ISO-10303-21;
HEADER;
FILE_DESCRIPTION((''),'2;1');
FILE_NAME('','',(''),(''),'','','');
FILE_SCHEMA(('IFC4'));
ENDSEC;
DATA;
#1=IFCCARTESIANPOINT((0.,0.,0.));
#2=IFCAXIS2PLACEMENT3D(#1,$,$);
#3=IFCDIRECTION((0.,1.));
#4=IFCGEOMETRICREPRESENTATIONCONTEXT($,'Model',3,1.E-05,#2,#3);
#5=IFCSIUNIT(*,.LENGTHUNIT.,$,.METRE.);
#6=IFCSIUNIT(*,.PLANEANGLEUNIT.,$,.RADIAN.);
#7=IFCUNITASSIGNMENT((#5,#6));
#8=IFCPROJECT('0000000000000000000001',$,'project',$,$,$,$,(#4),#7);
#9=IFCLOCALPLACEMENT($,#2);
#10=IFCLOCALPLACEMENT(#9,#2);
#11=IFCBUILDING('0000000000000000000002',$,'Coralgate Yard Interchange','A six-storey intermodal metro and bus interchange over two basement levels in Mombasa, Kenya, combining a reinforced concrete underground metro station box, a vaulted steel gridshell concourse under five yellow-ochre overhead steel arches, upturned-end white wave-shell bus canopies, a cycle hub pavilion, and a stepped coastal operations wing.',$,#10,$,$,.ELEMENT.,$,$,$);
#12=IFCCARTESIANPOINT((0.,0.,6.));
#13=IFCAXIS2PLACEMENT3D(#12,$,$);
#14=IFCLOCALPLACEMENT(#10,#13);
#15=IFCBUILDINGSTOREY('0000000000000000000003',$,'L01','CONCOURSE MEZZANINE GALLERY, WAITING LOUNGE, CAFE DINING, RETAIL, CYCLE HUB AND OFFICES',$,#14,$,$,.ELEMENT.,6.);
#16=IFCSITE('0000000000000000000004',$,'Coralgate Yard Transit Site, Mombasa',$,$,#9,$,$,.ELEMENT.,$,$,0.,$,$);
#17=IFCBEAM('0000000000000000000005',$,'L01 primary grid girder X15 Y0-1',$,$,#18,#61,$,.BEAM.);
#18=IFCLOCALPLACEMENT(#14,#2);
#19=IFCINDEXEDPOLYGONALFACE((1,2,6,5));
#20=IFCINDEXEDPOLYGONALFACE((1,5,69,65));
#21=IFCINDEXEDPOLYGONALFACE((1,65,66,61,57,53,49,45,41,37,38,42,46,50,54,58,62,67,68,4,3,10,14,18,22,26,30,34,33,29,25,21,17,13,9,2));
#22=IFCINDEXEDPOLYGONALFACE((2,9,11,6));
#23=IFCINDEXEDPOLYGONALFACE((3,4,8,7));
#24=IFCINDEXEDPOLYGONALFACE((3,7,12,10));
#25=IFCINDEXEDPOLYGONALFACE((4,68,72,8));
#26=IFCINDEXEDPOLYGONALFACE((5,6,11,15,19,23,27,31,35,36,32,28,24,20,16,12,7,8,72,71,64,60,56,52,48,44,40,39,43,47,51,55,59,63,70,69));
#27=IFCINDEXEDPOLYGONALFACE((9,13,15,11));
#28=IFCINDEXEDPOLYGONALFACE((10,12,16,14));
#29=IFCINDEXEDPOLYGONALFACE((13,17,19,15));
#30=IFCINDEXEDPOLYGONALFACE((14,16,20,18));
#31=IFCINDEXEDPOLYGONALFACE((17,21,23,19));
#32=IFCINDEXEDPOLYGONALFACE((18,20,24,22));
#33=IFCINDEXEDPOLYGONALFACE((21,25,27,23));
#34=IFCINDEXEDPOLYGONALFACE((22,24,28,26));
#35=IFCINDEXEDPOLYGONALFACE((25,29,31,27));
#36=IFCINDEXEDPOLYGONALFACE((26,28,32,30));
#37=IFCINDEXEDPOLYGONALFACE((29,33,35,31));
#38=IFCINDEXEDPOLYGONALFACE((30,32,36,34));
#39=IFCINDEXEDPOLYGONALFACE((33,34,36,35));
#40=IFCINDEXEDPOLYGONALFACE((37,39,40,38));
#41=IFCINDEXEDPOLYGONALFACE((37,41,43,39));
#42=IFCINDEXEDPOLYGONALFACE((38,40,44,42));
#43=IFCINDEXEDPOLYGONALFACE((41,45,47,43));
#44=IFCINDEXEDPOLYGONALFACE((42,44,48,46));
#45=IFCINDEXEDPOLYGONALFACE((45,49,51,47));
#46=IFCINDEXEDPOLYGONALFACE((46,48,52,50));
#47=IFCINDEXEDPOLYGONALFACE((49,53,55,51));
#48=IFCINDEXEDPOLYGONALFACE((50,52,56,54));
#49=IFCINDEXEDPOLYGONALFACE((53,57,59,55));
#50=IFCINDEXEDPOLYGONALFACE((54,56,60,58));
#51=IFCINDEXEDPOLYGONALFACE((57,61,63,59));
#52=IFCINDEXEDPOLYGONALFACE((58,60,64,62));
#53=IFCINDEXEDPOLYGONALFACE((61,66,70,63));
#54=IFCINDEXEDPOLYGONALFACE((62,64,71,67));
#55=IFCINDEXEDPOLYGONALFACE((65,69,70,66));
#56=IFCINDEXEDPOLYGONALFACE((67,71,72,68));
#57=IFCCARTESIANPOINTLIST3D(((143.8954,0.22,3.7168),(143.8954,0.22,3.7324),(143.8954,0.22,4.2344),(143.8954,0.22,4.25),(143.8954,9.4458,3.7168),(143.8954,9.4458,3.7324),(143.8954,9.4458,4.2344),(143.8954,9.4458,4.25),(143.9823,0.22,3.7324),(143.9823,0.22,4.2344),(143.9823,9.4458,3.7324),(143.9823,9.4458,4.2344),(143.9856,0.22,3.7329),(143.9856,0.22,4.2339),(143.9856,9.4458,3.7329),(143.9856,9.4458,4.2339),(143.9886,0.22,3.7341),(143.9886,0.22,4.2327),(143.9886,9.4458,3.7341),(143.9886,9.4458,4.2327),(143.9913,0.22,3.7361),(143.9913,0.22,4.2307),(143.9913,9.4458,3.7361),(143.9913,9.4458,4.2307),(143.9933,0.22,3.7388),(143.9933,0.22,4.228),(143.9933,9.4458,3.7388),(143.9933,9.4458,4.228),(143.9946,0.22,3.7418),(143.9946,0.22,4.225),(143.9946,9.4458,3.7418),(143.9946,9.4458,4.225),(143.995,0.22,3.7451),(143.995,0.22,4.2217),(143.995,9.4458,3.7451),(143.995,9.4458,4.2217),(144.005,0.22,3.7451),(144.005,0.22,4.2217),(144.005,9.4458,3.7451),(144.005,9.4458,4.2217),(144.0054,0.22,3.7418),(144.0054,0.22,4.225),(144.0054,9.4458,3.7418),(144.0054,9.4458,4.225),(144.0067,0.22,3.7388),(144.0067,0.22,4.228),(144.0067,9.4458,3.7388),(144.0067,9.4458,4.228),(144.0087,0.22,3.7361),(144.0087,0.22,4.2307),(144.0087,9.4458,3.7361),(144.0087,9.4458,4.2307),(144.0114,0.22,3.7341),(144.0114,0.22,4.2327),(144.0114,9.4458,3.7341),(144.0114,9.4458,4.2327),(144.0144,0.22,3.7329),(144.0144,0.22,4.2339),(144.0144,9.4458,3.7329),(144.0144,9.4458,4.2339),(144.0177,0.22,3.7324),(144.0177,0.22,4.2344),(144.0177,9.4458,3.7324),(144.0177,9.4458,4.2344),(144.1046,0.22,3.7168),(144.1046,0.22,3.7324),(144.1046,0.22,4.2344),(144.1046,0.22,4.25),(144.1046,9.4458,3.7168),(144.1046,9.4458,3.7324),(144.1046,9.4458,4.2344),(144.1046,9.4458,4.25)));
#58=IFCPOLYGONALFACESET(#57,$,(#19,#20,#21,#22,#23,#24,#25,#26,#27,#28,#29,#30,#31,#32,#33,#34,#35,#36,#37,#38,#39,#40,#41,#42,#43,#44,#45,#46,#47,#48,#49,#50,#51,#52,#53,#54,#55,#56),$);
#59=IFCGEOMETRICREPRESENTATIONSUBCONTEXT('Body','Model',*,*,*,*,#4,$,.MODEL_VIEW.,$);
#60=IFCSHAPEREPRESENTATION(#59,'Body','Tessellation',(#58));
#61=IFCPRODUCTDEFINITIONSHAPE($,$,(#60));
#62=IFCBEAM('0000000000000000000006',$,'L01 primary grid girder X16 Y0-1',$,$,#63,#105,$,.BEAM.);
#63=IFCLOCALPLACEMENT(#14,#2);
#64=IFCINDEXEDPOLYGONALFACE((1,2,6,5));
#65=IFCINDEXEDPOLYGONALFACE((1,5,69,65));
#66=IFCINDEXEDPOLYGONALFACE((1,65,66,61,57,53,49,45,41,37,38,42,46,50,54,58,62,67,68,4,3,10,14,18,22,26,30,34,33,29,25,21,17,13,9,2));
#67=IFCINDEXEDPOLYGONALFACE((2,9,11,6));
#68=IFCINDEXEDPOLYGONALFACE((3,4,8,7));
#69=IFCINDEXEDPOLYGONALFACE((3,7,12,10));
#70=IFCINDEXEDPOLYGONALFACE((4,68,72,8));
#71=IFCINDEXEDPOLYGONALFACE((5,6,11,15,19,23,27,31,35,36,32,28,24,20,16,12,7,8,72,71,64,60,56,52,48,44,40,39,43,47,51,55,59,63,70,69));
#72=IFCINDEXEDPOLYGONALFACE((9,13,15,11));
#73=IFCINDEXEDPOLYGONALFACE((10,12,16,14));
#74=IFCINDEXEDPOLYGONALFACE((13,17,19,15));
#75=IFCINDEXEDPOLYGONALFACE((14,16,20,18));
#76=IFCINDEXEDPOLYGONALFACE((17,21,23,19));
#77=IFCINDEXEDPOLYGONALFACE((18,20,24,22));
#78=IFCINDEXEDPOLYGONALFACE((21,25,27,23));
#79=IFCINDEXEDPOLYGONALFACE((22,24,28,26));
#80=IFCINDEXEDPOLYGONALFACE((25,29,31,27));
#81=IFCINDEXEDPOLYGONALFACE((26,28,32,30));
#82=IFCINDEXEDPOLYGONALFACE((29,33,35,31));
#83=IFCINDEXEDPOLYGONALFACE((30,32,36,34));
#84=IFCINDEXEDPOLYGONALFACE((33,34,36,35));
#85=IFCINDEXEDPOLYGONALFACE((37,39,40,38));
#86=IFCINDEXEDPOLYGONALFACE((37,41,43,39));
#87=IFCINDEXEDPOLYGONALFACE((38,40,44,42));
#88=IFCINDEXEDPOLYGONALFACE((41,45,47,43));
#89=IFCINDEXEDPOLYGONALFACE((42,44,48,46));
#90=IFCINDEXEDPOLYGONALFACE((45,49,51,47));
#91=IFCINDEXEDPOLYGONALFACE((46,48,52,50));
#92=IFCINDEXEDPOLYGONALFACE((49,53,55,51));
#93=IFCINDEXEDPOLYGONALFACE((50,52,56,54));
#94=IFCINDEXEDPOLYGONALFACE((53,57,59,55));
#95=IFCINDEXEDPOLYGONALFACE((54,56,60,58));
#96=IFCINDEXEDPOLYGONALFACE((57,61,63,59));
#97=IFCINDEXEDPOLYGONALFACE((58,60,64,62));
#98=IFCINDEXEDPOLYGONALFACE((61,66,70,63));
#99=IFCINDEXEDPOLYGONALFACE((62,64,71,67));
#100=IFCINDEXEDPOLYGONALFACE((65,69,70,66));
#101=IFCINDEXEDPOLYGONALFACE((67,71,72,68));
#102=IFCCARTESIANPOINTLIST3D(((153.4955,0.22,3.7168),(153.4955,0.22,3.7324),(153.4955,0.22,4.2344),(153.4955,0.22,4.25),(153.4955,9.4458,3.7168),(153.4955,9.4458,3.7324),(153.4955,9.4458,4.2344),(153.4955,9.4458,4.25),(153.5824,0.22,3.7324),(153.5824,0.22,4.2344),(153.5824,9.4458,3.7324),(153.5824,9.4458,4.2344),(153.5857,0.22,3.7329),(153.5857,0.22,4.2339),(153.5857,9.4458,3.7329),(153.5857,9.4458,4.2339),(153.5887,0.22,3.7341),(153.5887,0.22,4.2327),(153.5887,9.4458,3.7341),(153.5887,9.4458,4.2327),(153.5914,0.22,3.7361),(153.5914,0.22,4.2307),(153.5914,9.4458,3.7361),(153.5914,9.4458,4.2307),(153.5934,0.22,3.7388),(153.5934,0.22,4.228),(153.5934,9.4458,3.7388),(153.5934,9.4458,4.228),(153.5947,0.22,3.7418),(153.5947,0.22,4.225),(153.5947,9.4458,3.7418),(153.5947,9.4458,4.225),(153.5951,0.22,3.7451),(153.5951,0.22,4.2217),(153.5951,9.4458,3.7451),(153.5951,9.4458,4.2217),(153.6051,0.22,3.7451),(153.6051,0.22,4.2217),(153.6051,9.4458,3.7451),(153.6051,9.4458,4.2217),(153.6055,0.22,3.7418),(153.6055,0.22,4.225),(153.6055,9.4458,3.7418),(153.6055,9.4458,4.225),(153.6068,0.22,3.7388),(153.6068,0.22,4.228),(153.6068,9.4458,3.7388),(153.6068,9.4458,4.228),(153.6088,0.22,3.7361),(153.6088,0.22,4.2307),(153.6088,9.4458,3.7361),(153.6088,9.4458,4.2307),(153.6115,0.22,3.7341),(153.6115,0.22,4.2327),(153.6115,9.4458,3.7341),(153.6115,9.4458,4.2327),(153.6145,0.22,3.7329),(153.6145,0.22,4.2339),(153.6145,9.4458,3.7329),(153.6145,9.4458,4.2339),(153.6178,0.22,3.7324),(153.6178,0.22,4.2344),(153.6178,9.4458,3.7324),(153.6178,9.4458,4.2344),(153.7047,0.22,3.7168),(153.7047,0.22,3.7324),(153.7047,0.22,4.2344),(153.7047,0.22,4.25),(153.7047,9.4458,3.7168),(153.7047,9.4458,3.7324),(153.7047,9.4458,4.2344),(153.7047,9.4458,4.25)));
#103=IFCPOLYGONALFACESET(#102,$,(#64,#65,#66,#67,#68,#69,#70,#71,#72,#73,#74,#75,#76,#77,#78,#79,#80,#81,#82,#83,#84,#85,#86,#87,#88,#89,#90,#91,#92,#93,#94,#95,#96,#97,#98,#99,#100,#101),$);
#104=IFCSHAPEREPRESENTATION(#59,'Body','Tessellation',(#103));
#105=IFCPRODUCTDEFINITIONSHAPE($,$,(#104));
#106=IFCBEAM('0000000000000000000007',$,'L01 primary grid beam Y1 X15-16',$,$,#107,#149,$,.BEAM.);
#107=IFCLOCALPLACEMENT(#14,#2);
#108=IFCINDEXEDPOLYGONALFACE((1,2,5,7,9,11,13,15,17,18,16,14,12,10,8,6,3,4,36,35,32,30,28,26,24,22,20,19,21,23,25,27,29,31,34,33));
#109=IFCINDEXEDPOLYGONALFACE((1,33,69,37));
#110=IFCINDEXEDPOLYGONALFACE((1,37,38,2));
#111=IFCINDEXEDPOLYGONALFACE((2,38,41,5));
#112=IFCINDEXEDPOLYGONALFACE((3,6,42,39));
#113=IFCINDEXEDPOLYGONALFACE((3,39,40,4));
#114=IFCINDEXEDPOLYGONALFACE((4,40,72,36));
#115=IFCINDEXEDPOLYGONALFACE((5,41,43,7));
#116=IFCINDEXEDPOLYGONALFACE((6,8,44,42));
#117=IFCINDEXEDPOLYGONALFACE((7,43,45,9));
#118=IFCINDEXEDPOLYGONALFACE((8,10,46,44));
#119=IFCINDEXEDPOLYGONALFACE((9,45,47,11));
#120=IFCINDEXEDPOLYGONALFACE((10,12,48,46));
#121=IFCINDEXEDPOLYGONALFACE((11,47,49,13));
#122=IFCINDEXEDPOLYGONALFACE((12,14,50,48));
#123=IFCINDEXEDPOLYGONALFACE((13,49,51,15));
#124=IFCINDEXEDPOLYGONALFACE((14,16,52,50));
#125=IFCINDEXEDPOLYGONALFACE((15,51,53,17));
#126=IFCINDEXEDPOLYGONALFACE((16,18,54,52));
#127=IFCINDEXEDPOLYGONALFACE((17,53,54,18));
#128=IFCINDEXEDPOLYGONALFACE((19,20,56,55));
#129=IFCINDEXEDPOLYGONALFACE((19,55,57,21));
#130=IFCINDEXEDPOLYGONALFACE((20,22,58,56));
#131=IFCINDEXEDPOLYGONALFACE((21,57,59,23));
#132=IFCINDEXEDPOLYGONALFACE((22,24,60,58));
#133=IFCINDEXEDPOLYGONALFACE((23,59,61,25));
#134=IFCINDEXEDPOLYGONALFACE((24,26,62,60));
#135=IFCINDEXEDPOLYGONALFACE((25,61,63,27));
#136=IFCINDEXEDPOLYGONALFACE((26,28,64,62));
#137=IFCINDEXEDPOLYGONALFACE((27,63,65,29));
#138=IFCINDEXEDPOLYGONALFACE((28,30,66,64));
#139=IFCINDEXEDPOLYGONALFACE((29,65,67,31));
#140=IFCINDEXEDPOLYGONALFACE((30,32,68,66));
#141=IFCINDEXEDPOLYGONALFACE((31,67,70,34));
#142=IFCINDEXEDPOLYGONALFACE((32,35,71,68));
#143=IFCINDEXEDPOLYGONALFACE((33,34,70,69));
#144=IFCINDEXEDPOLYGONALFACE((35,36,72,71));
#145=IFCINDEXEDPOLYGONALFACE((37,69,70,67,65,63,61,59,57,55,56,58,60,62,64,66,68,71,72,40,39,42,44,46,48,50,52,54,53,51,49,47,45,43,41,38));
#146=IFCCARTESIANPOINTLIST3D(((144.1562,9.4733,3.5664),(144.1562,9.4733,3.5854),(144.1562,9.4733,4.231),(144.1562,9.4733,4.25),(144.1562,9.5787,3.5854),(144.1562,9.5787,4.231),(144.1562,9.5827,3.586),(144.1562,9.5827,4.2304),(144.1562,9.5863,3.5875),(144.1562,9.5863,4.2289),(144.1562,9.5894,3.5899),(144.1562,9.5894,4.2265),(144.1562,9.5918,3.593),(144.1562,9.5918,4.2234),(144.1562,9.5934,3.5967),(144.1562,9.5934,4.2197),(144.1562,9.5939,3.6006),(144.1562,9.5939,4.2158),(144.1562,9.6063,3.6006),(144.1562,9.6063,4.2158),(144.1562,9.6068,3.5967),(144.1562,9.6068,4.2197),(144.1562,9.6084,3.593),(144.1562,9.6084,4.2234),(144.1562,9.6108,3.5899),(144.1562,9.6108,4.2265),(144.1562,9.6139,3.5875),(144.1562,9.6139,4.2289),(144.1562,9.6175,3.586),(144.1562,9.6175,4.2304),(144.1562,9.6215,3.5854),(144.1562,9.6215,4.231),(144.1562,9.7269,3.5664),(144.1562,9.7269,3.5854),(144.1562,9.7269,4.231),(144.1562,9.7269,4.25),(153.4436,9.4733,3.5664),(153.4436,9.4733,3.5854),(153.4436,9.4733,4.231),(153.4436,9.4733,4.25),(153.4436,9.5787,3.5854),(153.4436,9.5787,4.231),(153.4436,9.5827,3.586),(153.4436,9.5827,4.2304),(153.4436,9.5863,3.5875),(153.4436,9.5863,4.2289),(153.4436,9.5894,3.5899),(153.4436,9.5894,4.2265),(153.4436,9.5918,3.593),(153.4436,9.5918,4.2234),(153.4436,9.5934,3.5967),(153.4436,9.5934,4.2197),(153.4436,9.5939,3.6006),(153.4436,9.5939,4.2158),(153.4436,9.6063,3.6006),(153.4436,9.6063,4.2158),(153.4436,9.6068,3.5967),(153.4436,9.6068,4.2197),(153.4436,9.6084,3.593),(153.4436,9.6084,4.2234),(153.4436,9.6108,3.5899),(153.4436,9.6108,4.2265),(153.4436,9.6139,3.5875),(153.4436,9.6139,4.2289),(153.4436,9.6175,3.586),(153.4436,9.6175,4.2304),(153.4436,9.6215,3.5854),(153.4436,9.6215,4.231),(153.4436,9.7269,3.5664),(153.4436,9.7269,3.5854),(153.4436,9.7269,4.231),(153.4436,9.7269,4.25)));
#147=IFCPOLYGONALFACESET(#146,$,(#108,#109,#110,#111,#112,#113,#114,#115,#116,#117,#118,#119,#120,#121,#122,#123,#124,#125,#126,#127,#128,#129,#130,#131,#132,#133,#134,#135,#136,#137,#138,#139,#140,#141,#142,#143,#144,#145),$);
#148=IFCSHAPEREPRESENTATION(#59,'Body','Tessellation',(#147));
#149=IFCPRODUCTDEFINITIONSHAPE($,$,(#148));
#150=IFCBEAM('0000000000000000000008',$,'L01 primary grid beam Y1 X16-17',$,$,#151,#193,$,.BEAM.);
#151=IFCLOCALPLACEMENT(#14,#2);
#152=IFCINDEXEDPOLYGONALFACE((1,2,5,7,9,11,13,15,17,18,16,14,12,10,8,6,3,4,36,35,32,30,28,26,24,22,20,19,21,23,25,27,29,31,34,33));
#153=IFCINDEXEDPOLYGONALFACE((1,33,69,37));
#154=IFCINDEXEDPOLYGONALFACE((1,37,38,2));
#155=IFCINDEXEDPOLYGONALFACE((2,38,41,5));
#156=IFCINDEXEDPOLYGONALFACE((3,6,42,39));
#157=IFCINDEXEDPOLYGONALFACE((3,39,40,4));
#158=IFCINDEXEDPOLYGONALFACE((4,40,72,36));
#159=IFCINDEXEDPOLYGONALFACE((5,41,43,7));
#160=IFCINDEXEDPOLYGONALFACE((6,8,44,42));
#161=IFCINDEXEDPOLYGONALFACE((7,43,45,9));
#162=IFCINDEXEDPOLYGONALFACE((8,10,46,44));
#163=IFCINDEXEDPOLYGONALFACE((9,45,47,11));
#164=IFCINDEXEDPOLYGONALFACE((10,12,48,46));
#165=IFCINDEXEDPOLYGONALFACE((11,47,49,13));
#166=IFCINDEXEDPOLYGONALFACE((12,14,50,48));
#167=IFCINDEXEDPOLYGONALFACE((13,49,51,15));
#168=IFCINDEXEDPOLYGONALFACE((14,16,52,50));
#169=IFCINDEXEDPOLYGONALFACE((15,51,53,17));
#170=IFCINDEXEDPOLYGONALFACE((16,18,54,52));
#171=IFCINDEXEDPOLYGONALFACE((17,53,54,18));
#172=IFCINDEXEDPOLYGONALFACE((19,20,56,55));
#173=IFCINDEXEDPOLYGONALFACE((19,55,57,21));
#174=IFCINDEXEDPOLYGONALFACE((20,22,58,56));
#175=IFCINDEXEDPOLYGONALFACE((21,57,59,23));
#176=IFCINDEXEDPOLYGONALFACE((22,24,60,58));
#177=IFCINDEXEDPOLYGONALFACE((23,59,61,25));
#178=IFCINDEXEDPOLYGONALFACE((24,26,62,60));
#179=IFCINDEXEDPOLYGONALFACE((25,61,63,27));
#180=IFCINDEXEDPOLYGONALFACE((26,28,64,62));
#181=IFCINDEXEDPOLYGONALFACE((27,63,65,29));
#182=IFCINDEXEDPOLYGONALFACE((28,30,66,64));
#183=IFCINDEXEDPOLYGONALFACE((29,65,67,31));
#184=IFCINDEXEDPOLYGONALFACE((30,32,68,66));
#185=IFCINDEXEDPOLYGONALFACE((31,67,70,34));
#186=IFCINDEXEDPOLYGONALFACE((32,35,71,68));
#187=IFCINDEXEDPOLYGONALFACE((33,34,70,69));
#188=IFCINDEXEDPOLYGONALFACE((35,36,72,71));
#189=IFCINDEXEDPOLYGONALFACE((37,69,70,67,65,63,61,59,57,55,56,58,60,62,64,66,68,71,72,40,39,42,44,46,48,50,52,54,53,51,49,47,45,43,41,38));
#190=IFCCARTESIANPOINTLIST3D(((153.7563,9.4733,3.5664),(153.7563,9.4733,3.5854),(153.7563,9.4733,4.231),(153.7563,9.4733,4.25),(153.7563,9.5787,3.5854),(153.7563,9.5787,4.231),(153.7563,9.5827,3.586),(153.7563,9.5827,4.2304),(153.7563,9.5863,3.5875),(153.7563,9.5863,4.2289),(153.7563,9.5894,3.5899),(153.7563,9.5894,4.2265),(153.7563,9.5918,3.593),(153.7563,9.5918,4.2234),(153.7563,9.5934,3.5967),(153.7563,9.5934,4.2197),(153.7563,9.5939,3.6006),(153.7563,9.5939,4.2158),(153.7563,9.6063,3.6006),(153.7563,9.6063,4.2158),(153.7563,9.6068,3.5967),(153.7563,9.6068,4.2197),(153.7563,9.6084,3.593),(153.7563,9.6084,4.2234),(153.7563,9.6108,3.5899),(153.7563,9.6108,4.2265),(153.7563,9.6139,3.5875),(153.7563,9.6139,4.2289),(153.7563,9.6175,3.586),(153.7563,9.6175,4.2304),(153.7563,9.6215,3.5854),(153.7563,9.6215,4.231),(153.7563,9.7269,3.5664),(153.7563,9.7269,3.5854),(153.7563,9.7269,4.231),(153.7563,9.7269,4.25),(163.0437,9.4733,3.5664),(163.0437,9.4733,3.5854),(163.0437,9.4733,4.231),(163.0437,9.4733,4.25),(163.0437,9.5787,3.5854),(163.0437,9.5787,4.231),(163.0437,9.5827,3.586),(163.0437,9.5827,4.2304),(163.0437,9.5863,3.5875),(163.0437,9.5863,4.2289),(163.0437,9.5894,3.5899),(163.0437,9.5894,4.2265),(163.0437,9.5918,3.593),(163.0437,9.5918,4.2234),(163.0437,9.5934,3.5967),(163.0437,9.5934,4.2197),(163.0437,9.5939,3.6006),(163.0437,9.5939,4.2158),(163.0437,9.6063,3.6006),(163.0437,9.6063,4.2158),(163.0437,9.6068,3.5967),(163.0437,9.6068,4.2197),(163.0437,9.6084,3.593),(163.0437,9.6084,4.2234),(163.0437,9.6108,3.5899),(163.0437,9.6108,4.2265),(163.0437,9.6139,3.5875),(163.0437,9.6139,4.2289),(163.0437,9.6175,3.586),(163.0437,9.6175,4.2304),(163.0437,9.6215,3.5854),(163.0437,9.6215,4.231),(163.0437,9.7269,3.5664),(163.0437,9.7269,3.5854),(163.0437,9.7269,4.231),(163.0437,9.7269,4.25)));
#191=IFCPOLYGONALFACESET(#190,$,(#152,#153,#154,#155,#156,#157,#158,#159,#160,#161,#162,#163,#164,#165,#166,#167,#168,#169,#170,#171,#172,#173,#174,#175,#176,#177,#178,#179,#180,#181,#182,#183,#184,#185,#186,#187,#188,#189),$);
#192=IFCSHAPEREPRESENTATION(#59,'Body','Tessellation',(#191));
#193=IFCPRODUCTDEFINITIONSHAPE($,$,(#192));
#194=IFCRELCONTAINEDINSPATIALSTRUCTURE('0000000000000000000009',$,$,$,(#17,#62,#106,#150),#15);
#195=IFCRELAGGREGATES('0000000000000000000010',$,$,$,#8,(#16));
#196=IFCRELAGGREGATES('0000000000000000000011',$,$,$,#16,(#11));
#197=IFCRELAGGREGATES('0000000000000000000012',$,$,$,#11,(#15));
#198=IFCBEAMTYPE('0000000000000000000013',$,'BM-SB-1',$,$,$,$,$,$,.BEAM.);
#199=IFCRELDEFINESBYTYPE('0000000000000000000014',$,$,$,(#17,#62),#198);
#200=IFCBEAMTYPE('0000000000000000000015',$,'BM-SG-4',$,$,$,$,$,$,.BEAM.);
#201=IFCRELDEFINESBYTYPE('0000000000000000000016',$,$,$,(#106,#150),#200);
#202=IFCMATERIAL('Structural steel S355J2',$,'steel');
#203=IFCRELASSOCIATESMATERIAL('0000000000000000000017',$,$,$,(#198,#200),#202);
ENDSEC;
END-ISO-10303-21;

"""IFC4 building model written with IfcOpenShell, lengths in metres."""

from ifc_helpers import new_model, si_unit, direction, frame, origin, origin_2d, place, context, subcontext, project, spatial, i_section, extrude, material, material_profile, profile_set, type_object, element, save


model = new_model("IFC4")

# Units and contexts
model_context = context("Model", 3, precision=1e-05, world=origin(), true_north=direction((0.0, 1.0)))
body_context = subcontext(model_context, "Body", "Model", "MODEL_VIEW")
ifc_project = project(units=[si_unit("LENGTHUNIT", "METRE"), si_unit("PLANEANGLEUNIT", "RADIAN")], contexts=[model_context])

# Site, building, storey
site_placement = place(None, origin())
site = spatial("IfcSite", under=ifc_project, at=site_placement, Name="Coralgate Yard Transit Site, Mombasa", CompositionType="ELEMENT", RefElevation=0.0)
building_placement = place(site_placement, origin())
building = spatial("IfcBuilding", under=site, at=building_placement, Name="Coralgate Yard Interchange", Description="A six-storey intermodal metro and bus interchange over two basement levels in Mombasa, Kenya, combining a reinforced concrete underground metro station box, a vaulted steel gridshell concourse under five yellow-ochre overhead steel arches, upturned-end white wave-shell bus canopies, a cycle hub pavilion, and a stepped coastal operations wing.", CompositionType="ELEMENT")
storey_placement = place(building_placement, frame((0.0, 0.0, 6.0)))
storey = spatial("IfcBuildingStorey", under=building, at=storey_placement, Name="L01", Description="CONCOURSE MEZZANINE GALLERY, WAITING LOUNGE, CAFE DINING, RETAIL, CYCLE HUB AND OFFICES", CompositionType="ELEMENT", Elevation=6.0)

# Shared definitions
ifc_material_1 = material(Name="Structural steel S355J2", Category="steel")

# Beams
ifc_material_profile_1 = material_profile(ifc_material_1, i_section(OverallWidth=0.2092, OverallDepth=0.5332, WebThickness=0.01, FlangeThickness=0.0156, FilletRadius=0.0127, at=origin_2d()), Name="UB 533x210x92")
ifc_profile_set_1 = profile_set([ifc_material_profile_1], Name="Structural steel S355J2")
beam_type_1 = type_object("IfcBeamType", Name="BM-SB-1", PredefinedType="BEAM", material=ifc_profile_set_1)
for number, where, z_axis, x_axis, name in (
    (1, (144.0, 0.22, 3.9834), (0.0, 1.0, 0.0), (-1.0, 0.0, 0.0), "L01 primary grid girder X15 Y0-1"),
    (2, (153.6001, 0.22, 3.9834), (0.0, 1.0, 0.0), (-1.0, 0.0, 0.0), "L01 primary grid girder X16 Y0-1"),
):
    element("IfcBeam", number, at=place(storey_placement, frame(where, z_axis=z_axis, x_axis=x_axis)), inside=storey, type_object=beam_type_1, Name=name, PredefinedType="BEAM", context=body_context, shape_type="SweptSolid", body=[
        extrude(i_section(OverallWidth=0.2092, OverallDepth=0.5332, WebThickness=0.01, FlangeThickness=0.0156, FilletRadius=0.0127, at=origin_2d()), origin(), (0.0, 0.0, 1.0), 9.2258),
    ])
ifc_material_profile_2 = material_profile(ifc_material_1, i_section(OverallWidth=0.2537, OverallDepth=0.6836, WebThickness=0.0125, FlangeThickness=0.019, FilletRadius=0.0151, at=origin_2d()), Name="UB 686x254x140")
ifc_profile_set_2 = profile_set([ifc_material_profile_2], Name="Structural steel S355J2")
beam_type_2 = type_object("IfcBeamType", Name="BM-SG-4", PredefinedType="BEAM", material=ifc_profile_set_2)
for number, where, z_axis, x_axis, name in (
    (3, (144.1562, 9.6001, 3.9082), (1.0, 0.0, 0.0), (0.0, 1.0, 0.0), "L01 primary grid beam Y1 X15-16"),
    (4, (153.7563, 9.6001, 3.9082), (1.0, 0.0, 0.0), (0.0, 1.0, 0.0), "L01 primary grid beam Y1 X16-17"),
):
    element("IfcBeam", number, at=place(storey_placement, frame(where, z_axis=z_axis, x_axis=x_axis)), inside=storey, type_object=beam_type_2, Name=name, PredefinedType="BEAM", context=body_context, shape_type="SweptSolid", body=[
        extrude(i_section(OverallWidth=0.2537, OverallDepth=0.6836, WebThickness=0.0125, FlangeThickness=0.019, FilletRadius=0.0151, at=origin_2d()), origin(), (0.0, 0.0, 1.0), 9.2874),
    ])

save(model, "model.ifc")
